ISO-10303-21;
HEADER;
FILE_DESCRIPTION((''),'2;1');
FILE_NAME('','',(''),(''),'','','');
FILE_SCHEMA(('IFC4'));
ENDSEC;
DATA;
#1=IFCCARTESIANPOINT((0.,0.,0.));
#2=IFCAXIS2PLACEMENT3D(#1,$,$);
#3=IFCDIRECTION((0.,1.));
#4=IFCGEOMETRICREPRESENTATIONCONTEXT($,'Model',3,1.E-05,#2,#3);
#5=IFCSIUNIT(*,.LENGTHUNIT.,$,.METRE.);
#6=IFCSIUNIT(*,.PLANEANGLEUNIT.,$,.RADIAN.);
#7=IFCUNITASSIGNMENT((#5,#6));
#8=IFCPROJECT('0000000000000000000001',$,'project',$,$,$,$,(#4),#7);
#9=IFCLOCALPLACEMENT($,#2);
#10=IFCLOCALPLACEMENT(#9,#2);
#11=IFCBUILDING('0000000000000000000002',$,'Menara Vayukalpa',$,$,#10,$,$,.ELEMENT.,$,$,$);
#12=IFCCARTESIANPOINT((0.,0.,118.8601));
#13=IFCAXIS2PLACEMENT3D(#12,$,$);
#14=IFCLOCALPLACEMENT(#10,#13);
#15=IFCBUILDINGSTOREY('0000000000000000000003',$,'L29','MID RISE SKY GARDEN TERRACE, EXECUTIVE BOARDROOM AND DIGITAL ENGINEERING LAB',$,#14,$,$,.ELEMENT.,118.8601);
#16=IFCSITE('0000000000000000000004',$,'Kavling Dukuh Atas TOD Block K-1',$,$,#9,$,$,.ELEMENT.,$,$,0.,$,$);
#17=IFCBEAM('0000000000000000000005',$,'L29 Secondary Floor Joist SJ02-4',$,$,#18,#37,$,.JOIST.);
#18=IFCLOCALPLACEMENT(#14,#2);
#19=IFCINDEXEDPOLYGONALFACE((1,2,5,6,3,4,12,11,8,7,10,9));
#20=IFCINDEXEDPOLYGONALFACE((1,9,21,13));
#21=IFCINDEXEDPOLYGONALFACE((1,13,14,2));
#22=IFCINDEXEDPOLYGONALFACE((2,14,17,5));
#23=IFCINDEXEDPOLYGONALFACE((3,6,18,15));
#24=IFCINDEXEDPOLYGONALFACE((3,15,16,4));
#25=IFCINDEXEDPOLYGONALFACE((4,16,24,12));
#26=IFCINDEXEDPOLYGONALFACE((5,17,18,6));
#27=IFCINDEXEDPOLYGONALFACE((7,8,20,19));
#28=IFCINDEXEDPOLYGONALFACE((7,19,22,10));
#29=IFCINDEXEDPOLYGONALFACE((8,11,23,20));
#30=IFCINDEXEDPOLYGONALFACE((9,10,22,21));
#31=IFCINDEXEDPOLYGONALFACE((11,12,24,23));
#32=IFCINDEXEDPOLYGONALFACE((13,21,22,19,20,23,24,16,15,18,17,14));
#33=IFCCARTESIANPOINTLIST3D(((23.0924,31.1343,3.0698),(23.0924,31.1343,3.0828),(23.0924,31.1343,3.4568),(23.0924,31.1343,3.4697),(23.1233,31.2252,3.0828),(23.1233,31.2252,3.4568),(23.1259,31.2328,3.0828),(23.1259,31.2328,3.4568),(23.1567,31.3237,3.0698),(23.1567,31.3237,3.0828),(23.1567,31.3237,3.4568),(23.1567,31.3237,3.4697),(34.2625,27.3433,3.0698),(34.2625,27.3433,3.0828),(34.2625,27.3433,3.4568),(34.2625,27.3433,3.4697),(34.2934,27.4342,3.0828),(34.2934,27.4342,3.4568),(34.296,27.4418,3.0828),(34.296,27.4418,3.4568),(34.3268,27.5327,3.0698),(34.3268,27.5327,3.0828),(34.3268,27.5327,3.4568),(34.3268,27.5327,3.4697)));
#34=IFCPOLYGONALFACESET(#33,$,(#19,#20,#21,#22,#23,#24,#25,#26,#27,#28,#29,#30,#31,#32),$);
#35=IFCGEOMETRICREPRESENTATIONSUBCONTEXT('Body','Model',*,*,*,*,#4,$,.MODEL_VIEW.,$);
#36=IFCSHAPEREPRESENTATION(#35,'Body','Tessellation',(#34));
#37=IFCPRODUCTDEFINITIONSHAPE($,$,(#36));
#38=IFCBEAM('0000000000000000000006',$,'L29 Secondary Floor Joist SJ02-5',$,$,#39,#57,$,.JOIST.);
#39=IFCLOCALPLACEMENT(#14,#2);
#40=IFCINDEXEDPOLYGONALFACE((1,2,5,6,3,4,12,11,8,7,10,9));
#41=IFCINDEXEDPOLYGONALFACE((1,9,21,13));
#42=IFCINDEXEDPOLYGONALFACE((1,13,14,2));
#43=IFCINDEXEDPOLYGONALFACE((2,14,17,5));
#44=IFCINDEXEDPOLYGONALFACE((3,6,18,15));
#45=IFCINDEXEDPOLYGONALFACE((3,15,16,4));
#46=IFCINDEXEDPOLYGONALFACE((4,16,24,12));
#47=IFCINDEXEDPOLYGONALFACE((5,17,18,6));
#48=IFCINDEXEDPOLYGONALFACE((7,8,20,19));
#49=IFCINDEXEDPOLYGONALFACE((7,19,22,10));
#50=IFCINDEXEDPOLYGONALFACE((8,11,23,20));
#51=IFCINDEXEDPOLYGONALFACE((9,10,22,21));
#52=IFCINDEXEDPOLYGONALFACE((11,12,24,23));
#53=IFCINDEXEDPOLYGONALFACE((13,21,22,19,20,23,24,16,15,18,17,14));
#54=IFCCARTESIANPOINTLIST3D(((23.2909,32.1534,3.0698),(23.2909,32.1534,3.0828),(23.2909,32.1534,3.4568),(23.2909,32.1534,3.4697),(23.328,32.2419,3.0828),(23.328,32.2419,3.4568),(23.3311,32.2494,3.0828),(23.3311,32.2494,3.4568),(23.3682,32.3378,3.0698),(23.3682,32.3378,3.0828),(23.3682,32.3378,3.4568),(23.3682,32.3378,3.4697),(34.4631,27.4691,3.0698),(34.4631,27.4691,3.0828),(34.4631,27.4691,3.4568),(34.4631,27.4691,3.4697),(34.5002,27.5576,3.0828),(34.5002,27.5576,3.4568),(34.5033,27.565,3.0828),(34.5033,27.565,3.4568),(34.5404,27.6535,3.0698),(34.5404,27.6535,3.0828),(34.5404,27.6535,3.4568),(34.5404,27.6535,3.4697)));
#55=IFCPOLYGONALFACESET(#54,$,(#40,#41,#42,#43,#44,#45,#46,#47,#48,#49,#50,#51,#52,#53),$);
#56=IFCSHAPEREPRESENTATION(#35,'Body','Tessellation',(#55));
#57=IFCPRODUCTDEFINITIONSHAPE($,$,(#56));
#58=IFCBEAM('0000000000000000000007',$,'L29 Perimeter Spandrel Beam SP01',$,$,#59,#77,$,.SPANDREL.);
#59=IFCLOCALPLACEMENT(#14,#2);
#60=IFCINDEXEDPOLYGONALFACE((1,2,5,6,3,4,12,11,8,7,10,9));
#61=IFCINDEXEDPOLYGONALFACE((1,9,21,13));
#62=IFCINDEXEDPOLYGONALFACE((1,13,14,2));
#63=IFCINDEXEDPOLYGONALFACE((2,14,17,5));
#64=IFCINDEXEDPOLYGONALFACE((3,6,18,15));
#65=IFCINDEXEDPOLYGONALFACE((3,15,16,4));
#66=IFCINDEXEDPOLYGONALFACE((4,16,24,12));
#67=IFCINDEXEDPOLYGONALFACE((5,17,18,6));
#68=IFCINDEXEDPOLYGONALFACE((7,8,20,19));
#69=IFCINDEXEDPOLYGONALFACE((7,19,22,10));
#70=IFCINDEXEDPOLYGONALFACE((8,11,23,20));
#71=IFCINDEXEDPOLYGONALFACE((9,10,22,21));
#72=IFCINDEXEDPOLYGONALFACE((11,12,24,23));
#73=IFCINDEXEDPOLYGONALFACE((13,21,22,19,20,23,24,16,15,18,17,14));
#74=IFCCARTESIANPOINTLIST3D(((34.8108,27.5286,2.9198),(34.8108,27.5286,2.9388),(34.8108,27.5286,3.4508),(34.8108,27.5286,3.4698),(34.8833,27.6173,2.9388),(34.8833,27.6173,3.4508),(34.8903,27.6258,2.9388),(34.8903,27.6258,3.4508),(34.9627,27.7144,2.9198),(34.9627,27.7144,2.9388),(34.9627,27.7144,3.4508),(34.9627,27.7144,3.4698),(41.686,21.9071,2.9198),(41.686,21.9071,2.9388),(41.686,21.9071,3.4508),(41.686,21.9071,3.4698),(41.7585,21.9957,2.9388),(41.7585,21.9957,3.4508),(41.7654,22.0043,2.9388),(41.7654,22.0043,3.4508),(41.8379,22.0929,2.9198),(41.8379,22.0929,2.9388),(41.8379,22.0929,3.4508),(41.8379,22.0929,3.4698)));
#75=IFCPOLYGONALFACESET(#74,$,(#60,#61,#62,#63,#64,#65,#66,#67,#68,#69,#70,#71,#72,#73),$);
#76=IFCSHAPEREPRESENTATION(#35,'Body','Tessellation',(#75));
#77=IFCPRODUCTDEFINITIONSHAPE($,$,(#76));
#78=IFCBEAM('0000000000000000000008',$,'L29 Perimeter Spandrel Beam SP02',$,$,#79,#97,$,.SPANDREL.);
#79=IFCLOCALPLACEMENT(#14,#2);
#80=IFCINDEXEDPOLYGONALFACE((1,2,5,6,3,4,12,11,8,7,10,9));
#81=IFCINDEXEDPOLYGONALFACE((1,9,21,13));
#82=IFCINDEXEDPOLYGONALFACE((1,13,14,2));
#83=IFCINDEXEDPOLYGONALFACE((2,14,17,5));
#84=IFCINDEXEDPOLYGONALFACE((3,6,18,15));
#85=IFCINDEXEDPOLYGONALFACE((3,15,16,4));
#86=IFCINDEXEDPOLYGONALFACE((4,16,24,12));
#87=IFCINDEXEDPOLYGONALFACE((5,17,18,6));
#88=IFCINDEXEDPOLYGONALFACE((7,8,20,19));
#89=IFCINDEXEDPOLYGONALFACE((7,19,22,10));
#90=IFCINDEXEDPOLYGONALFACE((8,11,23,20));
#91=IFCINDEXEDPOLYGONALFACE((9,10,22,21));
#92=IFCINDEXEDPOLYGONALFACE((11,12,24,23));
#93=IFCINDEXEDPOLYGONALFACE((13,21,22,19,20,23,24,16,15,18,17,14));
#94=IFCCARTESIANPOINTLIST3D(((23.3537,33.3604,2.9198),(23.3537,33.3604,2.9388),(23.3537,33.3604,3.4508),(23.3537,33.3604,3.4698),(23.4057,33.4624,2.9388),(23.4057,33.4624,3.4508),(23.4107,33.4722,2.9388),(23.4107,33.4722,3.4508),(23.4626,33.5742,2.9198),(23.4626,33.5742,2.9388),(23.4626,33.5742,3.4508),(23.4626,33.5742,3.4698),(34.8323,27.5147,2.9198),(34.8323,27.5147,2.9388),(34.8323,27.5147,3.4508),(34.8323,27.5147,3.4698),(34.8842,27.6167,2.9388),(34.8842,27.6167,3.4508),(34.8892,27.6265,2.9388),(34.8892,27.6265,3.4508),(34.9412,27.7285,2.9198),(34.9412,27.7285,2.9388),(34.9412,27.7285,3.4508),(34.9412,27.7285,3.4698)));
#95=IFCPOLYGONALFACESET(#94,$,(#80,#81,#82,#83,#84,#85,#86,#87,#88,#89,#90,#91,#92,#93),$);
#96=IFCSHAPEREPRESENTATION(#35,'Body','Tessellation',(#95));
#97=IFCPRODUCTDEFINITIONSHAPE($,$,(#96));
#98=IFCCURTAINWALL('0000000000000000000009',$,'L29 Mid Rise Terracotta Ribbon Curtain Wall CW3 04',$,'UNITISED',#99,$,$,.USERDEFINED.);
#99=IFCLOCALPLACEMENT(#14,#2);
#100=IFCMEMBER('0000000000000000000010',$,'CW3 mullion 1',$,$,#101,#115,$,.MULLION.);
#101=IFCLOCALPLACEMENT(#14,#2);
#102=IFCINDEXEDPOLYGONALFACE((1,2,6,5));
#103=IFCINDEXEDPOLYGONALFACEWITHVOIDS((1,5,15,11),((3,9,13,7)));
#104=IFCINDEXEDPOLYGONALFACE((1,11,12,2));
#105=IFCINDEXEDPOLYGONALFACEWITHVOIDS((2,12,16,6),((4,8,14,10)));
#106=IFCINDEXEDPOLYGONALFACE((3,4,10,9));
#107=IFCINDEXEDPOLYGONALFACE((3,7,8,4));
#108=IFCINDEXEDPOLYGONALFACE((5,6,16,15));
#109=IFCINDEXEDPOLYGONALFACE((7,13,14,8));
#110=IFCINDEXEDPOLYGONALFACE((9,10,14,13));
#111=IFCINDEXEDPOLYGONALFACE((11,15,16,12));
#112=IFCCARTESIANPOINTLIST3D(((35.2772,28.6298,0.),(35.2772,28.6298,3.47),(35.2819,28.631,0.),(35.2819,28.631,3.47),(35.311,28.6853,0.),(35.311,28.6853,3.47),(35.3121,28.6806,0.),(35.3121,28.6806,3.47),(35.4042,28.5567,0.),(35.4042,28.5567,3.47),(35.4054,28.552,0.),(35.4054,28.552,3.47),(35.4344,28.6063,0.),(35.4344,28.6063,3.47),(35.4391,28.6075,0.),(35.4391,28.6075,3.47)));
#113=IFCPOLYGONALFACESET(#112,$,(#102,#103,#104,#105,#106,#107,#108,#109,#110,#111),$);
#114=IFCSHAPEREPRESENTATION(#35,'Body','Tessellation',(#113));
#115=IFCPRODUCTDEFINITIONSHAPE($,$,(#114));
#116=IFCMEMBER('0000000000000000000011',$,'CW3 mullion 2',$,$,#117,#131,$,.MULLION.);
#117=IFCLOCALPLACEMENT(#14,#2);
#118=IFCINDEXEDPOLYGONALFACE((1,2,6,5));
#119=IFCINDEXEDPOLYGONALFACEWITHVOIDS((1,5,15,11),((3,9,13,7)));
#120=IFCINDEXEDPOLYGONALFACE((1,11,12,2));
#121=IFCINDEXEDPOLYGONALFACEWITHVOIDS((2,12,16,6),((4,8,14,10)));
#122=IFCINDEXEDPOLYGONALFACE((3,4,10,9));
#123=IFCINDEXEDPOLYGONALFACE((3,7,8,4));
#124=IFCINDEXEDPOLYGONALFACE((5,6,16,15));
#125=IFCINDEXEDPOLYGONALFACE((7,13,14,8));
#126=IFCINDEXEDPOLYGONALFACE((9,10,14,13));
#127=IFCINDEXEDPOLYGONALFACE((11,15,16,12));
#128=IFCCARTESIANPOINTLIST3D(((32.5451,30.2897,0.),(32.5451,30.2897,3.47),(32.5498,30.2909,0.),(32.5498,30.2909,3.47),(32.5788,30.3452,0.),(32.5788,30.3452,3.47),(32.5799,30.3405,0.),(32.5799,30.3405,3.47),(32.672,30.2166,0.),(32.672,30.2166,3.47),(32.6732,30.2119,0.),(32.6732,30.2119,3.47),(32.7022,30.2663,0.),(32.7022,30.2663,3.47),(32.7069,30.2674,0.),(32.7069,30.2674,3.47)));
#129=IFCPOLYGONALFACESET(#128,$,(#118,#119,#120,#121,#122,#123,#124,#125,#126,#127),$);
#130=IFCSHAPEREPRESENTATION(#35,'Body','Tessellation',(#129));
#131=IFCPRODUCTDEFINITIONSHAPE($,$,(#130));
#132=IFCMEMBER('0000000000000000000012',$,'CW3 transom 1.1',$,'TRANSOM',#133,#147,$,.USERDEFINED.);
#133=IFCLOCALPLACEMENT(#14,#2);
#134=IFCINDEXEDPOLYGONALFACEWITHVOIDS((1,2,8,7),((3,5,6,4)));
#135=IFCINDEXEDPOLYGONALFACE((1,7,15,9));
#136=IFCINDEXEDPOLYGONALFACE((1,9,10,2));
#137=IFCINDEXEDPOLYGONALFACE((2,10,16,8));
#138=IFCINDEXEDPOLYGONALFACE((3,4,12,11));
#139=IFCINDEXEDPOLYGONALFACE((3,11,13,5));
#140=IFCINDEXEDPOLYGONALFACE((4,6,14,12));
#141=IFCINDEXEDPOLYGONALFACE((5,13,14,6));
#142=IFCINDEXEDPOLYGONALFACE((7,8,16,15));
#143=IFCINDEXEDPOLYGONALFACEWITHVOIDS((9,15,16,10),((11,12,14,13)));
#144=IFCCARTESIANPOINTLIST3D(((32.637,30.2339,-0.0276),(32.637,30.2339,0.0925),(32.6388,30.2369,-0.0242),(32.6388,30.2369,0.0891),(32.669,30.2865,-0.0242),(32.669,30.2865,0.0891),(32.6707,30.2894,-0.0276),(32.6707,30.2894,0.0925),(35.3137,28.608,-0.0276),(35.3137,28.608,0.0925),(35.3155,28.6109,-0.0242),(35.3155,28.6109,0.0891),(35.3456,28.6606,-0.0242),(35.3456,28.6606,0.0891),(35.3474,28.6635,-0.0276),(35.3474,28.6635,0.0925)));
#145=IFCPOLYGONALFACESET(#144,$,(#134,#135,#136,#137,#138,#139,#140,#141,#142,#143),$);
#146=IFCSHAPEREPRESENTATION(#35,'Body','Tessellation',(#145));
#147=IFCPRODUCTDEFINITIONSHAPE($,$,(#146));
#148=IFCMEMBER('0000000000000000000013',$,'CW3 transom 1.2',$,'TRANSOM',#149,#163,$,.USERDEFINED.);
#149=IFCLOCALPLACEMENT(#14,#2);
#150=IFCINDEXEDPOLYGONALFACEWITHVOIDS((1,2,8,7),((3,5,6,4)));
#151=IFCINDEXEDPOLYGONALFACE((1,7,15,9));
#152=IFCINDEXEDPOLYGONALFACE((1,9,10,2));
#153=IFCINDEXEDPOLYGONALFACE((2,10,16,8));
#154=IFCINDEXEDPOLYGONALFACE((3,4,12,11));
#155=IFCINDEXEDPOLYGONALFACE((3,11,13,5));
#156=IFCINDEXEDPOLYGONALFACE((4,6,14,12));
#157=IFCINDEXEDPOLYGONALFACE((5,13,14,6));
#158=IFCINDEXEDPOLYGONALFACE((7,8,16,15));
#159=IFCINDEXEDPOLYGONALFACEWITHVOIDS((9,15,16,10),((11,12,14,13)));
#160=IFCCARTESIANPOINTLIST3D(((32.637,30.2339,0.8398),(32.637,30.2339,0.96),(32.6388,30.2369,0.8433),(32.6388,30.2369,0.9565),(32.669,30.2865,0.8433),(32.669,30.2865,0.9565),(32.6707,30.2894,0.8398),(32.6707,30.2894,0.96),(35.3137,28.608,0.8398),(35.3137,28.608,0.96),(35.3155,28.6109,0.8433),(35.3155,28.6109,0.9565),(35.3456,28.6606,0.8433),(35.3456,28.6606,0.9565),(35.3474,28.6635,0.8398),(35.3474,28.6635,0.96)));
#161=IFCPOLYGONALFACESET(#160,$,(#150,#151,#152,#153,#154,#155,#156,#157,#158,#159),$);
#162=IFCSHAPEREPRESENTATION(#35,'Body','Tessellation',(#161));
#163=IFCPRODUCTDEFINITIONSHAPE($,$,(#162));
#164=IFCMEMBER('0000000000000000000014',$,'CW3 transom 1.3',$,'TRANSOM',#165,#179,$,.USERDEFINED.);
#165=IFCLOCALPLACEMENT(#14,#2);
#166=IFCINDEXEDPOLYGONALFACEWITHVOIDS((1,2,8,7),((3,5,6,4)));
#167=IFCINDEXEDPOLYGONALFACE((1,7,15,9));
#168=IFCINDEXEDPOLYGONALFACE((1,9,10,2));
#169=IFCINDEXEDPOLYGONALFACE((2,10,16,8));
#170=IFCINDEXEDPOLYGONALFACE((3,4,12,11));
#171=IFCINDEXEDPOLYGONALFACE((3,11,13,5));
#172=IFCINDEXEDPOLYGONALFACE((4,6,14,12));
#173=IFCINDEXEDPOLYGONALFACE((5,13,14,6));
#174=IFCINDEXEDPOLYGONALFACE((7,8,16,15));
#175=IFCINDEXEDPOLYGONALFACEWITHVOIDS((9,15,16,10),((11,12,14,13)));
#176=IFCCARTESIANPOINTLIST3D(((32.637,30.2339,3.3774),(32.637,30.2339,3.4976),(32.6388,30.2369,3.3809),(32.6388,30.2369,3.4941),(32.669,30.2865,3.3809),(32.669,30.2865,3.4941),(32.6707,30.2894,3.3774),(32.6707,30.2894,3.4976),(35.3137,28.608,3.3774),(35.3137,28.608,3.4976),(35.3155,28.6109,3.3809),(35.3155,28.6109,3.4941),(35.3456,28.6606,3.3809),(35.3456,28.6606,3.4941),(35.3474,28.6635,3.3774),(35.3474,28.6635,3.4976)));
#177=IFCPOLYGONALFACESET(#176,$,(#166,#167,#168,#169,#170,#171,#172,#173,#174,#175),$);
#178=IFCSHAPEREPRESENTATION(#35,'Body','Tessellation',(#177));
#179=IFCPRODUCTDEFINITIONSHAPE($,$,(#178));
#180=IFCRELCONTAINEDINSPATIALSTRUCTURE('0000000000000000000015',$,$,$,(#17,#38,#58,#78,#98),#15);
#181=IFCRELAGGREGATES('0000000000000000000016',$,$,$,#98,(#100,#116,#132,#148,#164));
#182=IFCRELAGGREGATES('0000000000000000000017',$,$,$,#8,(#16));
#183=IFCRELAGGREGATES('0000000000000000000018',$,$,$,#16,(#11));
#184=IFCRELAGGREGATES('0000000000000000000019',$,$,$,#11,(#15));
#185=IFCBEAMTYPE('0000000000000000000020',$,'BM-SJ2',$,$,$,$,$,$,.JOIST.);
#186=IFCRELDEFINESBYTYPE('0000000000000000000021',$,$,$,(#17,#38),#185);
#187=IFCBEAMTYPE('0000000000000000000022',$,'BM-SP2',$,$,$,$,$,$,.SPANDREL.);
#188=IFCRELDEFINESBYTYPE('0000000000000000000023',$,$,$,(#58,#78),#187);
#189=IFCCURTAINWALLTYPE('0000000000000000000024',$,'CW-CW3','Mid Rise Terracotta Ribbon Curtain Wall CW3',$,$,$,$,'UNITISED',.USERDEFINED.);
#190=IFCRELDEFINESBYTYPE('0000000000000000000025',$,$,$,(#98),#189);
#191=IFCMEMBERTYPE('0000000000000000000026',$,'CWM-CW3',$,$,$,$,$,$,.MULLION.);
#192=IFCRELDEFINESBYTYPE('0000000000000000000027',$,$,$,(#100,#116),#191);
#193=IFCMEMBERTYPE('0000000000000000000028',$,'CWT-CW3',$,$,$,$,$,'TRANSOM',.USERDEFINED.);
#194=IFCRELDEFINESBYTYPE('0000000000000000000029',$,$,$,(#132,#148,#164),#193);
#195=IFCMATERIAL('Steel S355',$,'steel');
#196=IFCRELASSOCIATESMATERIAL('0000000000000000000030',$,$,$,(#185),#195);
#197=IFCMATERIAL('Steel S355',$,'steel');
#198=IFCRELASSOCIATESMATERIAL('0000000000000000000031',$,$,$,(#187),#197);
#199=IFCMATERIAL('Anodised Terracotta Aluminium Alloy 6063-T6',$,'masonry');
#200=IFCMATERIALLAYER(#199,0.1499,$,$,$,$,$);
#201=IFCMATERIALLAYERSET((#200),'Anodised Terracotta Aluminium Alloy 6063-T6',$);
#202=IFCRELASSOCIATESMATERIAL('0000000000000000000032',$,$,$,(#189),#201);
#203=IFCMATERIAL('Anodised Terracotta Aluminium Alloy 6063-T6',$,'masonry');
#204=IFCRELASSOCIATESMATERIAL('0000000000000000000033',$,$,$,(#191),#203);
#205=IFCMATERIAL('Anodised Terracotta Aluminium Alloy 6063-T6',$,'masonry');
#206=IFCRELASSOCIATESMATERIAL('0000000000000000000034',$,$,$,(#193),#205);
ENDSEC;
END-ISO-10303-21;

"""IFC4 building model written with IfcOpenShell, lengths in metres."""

from ifc_helpers import new_model, si_unit, direction, frame, origin, origin_2d, place, context, subcontext, project, spatial, hollow_rectangle, i_section, extrude, material, layer, layer_set, material_profile, profile_set, type_object, element, aggregate, save


model = new_model("IFC4")

# Units and contexts
model_context = context("Model", 3, precision=1e-05, world=origin(), true_north=direction((0.0, 1.0)))
body_context = subcontext(model_context, "Body", "Model", "MODEL_VIEW")
ifc_project = project(units=[si_unit("LENGTHUNIT", "METRE"), si_unit("PLANEANGLEUNIT", "RADIAN")], contexts=[model_context])

# Site, building, storey
site_placement = place(None, origin())
site = spatial("IfcSite", under=ifc_project, at=site_placement, Name="Kavling Dukuh Atas TOD Block K-1", CompositionType="ELEMENT", RefElevation=0.0)
building_placement = place(site_placement, origin())
building = spatial("IfcBuilding", under=site, at=building_placement, Name="Menara Vayukalpa", CompositionType="ELEMENT")
storey_placement = place(building_placement, frame((0.0, 0.0, 118.8601)))
storey = spatial("IfcBuildingStorey", under=building, at=storey_placement, Name="L29", Description="MID RISE SKY GARDEN TERRACE, EXECUTIVE BOARDROOM AND DIGITAL ENGINEERING LAB", CompositionType="ELEMENT", Elevation=118.8601)

# Beams
ifc_material_1 = material(Name="Steel S355", Category="steel")
ifc_material_profile_1 = material_profile(ifc_material_1, i_section(OverallWidth=0.2, OverallDepth=0.3999, WebThickness=0.0081, FlangeThickness=0.0129, at=origin_2d()), Name="WF 400x200x8x13")
ifc_profile_set_1 = profile_set([ifc_material_profile_1], Name="Steel S355")
beam_type_1 = type_object("IfcBeamType", Name="BM-SJ2", PredefinedType="JOIST", material=ifc_profile_set_1)
beam_1_placement = place(storey_placement, frame((34.2947, 27.438, 3.2698), z_axis=(-0.946949, 0.321383, 0.0), x_axis=(-0.321383, -0.946949, 0.0)))
element("IfcBeam", 1, at=beam_1_placement, inside=storey, type_object=beam_type_1, Name="L29 Secondary Floor Joist SJ02-4", PredefinedType="JOIST", context=body_context, shape_type="SweptSolid", body=[
    extrude(i_section(OverallWidth=0.2, OverallDepth=0.3999, WebThickness=0.0081, FlangeThickness=0.0129, at=origin_2d()), origin(), (0.0, 0.0, 1.0), 11.7959),
])
beam_2_placement = place(storey_placement, frame((34.5017, 27.5613, 3.2698), z_axis=(-0.922217, 0.386674, 0.0), x_axis=(-0.386674, -0.922217, 0.0)))
element("IfcBeam", 2, at=beam_2_placement, inside=storey, type_object=beam_type_1, Name="L29 Secondary Floor Joist SJ02-5", PredefinedType="JOIST", context=body_context, shape_type="SweptSolid", body=[
    extrude(i_section(OverallWidth=0.2, OverallDepth=0.3999, WebThickness=0.0081, FlangeThickness=0.0129, at=origin_2d()), origin(), (0.0, 0.0, 1.0), 12.1145),
])
ifc_material_2 = material(Name="Steel S355", Category="steel")
ifc_material_profile_2 = material_profile(ifc_material_2, i_section(OverallWidth=0.24, OverallDepth=0.55, WebThickness=0.011, FlangeThickness=0.019, at=origin_2d()), Name="WF 550x240x11x19")
ifc_profile_set_2 = profile_set([ifc_material_profile_2], Name="Steel S355")
beam_type_2 = type_object("IfcBeamType", Name="BM-SP2", PredefinedType="SPANDREL", material=ifc_profile_set_2)
beam_3_placement = place(storey_placement, frame((41.762, 22.0, 3.1948), z_axis=(-0.774157, 0.632994, 0.0), x_axis=(-0.632994, -0.774157, 0.0)))
element("IfcBeam", 3, at=beam_3_placement, inside=storey, type_object=beam_type_2, Name="L29 Perimeter Spandrel Beam SP01", PredefinedType="SPANDREL", context=body_context, shape_type="SweptSolid", body=[
    extrude(i_section(OverallWidth=0.24, OverallDepth=0.55, WebThickness=0.011, FlangeThickness=0.019, at=origin_2d()), origin(), (0.0, 0.0, 1.0), 8.8809),
])
beam_4_placement = place(storey_placement, frame((34.8867, 27.6216, 3.1948), z_axis=(-0.891097, 0.453812, 0.0), x_axis=(-0.453812, -0.891097, 0.0)))
element("IfcBeam", 4, at=beam_4_placement, inside=storey, type_object=beam_type_2, Name="L29 Perimeter Spandrel Beam SP02", PredefinedType="SPANDREL", context=body_context, shape_type="SweptSolid", body=[
    extrude(i_section(OverallWidth=0.24, OverallDepth=0.55, WebThickness=0.011, FlangeThickness=0.019, at=origin_2d()), origin(), (0.0, 0.0, 1.0), 12.8813),
])

# Curtain wall, members
ifc_material_3 = material(Name="Anodised Terracotta Aluminium Alloy 6063-T6", Category="masonry")
ifc_layer_1 = layer(ifc_material_3, 0.1499)
ifc_layer_set_1 = layer_set([ifc_layer_1], Name="Anodised Terracotta Aluminium Alloy 6063-T6")
curtain_wall_type = type_object("IfcCurtainWallType", Name="CW-CW3", Description="Mid Rise Terracotta Ribbon Curtain Wall CW3", ElementType="UNITISED", PredefinedType="USERDEFINED", material=ifc_layer_set_1)
curtain_wall_placement = place(storey_placement, origin())
curtain_wall = element("IfcCurtainWall", 5, at=curtain_wall_placement, inside=storey, type_object=curtain_wall_type, Name="L29 Mid Rise Terracotta Ribbon Curtain Wall CW3 04", ObjectType="UNITISED", PredefinedType="USERDEFINED")
ifc_material_4 = material(Name="Anodised Terracotta Aluminium Alloy 6063-T6", Category="masonry")
ifc_material_profile_3 = material_profile(ifc_material_4, hollow_rectangle(XDim=0.0649, YDim=0.1499, WallThickness=0.0034, at=origin_2d()), Name="ALU 65x150x3.5")
ifc_profile_set_3 = profile_set([ifc_material_profile_3], Name="Anodised Terracotta Aluminium Alloy 6063-T6")
member_type_1 = type_object("IfcMemberType", Name="CWM-CW3", PredefinedType="MULLION", material=ifc_profile_set_3)
member_1_placement = place(storey_placement, frame((35.3582, 28.6187, 0.0), z_axis=(0.0, 0.0, 1.0), x_axis=(-0.519183, -0.854663, 0.0)))
member_1 = element("IfcMember", 6, at=member_1_placement, type_object=member_type_1, Name="CW3 mullion 1", PredefinedType="MULLION", context=body_context, shape_type="SweptSolid", body=[
    extrude(hollow_rectangle(XDim=0.0649, YDim=0.1499, WallThickness=0.0034, at=origin_2d()), origin(), (0.0, 0.0, 1.0), 3.47),
])
member_2_placement = place(storey_placement, frame((32.626, 30.2786, 0.0), z_axis=(0.0, 0.0, 1.0), x_axis=(-0.519183, -0.854663, 0.0)))
member_2 = element("IfcMember", 7, at=member_2_placement, type_object=member_type_1, Name="CW3 mullion 2", PredefinedType="MULLION", context=body_context, shape_type="SweptSolid", body=[
    extrude(hollow_rectangle(XDim=0.0649, YDim=0.1499, WallThickness=0.0034, at=origin_2d()), origin(), (0.0, 0.0, 1.0), 3.47),
])
ifc_material_5 = material(Name="Anodised Terracotta Aluminium Alloy 6063-T6", Category="masonry")
ifc_material_profile_4 = material_profile(ifc_material_5, hollow_rectangle(XDim=0.0649, YDim=0.1201, WallThickness=0.0034, at=origin_2d()), Name="ALU 65x120x3.5")
ifc_profile_set_4 = profile_set([ifc_material_profile_4], Name="Anodised Terracotta Aluminium Alloy 6063-T6")
member_type_2 = type_object("IfcMemberType", Name="CWT-CW3", ElementType="TRANSOM", PredefinedType="USERDEFINED", material=ifc_profile_set_4)
member_3_placement = place(storey_placement, frame((35.3306, 28.6357, 0.0325), z_axis=(-0.854674, 0.519165, 0.0), x_axis=(-0.519165, -0.854674, 0.0)))
member_3 = element("IfcMember", 8, at=member_3_placement, type_object=member_type_2, Name="CW3 transom 1.1", ObjectType="TRANSOM", PredefinedType="USERDEFINED", context=body_context, shape_type="SweptSolid", body=[
    extrude(hollow_rectangle(XDim=0.0649, YDim=0.1201, WallThickness=0.0034, at=origin_2d()), origin(), (0.0, 0.0, 1.0), 3.1318),
])
member_4_placement = place(storey_placement, frame((35.3306, 28.6357, 0.8999), z_axis=(-0.854674, 0.519165, 0.0), x_axis=(-0.519165, -0.854674, 0.0)))
member_4 = element("IfcMember", 9, at=member_4_placement, type_object=member_type_2, Name="CW3 transom 1.2", ObjectType="TRANSOM", PredefinedType="USERDEFINED", context=body_context, shape_type="SweptSolid", body=[
    extrude(hollow_rectangle(XDim=0.0649, YDim=0.1201, WallThickness=0.0034, at=origin_2d()), origin(), (0.0, 0.0, 1.0), 3.1318),
])
member_5_placement = place(storey_placement, frame((35.3306, 28.6357, 3.4375), z_axis=(-0.854674, 0.519165, 0.0), x_axis=(-0.519165, -0.854674, 0.0)))
member_5 = element("IfcMember", 10, at=member_5_placement, type_object=member_type_2, Name="CW3 transom 1.3", ObjectType="TRANSOM", PredefinedType="USERDEFINED", context=body_context, shape_type="SweptSolid", body=[
    extrude(hollow_rectangle(XDim=0.0649, YDim=0.1201, WallThickness=0.0034, at=origin_2d()), origin(), (0.0, 0.0, 1.0), 3.1318),
])
aggregate(curtain_wall, [member_1, member_2, member_3, member_4, member_5])

save(model, "model.ifc")
